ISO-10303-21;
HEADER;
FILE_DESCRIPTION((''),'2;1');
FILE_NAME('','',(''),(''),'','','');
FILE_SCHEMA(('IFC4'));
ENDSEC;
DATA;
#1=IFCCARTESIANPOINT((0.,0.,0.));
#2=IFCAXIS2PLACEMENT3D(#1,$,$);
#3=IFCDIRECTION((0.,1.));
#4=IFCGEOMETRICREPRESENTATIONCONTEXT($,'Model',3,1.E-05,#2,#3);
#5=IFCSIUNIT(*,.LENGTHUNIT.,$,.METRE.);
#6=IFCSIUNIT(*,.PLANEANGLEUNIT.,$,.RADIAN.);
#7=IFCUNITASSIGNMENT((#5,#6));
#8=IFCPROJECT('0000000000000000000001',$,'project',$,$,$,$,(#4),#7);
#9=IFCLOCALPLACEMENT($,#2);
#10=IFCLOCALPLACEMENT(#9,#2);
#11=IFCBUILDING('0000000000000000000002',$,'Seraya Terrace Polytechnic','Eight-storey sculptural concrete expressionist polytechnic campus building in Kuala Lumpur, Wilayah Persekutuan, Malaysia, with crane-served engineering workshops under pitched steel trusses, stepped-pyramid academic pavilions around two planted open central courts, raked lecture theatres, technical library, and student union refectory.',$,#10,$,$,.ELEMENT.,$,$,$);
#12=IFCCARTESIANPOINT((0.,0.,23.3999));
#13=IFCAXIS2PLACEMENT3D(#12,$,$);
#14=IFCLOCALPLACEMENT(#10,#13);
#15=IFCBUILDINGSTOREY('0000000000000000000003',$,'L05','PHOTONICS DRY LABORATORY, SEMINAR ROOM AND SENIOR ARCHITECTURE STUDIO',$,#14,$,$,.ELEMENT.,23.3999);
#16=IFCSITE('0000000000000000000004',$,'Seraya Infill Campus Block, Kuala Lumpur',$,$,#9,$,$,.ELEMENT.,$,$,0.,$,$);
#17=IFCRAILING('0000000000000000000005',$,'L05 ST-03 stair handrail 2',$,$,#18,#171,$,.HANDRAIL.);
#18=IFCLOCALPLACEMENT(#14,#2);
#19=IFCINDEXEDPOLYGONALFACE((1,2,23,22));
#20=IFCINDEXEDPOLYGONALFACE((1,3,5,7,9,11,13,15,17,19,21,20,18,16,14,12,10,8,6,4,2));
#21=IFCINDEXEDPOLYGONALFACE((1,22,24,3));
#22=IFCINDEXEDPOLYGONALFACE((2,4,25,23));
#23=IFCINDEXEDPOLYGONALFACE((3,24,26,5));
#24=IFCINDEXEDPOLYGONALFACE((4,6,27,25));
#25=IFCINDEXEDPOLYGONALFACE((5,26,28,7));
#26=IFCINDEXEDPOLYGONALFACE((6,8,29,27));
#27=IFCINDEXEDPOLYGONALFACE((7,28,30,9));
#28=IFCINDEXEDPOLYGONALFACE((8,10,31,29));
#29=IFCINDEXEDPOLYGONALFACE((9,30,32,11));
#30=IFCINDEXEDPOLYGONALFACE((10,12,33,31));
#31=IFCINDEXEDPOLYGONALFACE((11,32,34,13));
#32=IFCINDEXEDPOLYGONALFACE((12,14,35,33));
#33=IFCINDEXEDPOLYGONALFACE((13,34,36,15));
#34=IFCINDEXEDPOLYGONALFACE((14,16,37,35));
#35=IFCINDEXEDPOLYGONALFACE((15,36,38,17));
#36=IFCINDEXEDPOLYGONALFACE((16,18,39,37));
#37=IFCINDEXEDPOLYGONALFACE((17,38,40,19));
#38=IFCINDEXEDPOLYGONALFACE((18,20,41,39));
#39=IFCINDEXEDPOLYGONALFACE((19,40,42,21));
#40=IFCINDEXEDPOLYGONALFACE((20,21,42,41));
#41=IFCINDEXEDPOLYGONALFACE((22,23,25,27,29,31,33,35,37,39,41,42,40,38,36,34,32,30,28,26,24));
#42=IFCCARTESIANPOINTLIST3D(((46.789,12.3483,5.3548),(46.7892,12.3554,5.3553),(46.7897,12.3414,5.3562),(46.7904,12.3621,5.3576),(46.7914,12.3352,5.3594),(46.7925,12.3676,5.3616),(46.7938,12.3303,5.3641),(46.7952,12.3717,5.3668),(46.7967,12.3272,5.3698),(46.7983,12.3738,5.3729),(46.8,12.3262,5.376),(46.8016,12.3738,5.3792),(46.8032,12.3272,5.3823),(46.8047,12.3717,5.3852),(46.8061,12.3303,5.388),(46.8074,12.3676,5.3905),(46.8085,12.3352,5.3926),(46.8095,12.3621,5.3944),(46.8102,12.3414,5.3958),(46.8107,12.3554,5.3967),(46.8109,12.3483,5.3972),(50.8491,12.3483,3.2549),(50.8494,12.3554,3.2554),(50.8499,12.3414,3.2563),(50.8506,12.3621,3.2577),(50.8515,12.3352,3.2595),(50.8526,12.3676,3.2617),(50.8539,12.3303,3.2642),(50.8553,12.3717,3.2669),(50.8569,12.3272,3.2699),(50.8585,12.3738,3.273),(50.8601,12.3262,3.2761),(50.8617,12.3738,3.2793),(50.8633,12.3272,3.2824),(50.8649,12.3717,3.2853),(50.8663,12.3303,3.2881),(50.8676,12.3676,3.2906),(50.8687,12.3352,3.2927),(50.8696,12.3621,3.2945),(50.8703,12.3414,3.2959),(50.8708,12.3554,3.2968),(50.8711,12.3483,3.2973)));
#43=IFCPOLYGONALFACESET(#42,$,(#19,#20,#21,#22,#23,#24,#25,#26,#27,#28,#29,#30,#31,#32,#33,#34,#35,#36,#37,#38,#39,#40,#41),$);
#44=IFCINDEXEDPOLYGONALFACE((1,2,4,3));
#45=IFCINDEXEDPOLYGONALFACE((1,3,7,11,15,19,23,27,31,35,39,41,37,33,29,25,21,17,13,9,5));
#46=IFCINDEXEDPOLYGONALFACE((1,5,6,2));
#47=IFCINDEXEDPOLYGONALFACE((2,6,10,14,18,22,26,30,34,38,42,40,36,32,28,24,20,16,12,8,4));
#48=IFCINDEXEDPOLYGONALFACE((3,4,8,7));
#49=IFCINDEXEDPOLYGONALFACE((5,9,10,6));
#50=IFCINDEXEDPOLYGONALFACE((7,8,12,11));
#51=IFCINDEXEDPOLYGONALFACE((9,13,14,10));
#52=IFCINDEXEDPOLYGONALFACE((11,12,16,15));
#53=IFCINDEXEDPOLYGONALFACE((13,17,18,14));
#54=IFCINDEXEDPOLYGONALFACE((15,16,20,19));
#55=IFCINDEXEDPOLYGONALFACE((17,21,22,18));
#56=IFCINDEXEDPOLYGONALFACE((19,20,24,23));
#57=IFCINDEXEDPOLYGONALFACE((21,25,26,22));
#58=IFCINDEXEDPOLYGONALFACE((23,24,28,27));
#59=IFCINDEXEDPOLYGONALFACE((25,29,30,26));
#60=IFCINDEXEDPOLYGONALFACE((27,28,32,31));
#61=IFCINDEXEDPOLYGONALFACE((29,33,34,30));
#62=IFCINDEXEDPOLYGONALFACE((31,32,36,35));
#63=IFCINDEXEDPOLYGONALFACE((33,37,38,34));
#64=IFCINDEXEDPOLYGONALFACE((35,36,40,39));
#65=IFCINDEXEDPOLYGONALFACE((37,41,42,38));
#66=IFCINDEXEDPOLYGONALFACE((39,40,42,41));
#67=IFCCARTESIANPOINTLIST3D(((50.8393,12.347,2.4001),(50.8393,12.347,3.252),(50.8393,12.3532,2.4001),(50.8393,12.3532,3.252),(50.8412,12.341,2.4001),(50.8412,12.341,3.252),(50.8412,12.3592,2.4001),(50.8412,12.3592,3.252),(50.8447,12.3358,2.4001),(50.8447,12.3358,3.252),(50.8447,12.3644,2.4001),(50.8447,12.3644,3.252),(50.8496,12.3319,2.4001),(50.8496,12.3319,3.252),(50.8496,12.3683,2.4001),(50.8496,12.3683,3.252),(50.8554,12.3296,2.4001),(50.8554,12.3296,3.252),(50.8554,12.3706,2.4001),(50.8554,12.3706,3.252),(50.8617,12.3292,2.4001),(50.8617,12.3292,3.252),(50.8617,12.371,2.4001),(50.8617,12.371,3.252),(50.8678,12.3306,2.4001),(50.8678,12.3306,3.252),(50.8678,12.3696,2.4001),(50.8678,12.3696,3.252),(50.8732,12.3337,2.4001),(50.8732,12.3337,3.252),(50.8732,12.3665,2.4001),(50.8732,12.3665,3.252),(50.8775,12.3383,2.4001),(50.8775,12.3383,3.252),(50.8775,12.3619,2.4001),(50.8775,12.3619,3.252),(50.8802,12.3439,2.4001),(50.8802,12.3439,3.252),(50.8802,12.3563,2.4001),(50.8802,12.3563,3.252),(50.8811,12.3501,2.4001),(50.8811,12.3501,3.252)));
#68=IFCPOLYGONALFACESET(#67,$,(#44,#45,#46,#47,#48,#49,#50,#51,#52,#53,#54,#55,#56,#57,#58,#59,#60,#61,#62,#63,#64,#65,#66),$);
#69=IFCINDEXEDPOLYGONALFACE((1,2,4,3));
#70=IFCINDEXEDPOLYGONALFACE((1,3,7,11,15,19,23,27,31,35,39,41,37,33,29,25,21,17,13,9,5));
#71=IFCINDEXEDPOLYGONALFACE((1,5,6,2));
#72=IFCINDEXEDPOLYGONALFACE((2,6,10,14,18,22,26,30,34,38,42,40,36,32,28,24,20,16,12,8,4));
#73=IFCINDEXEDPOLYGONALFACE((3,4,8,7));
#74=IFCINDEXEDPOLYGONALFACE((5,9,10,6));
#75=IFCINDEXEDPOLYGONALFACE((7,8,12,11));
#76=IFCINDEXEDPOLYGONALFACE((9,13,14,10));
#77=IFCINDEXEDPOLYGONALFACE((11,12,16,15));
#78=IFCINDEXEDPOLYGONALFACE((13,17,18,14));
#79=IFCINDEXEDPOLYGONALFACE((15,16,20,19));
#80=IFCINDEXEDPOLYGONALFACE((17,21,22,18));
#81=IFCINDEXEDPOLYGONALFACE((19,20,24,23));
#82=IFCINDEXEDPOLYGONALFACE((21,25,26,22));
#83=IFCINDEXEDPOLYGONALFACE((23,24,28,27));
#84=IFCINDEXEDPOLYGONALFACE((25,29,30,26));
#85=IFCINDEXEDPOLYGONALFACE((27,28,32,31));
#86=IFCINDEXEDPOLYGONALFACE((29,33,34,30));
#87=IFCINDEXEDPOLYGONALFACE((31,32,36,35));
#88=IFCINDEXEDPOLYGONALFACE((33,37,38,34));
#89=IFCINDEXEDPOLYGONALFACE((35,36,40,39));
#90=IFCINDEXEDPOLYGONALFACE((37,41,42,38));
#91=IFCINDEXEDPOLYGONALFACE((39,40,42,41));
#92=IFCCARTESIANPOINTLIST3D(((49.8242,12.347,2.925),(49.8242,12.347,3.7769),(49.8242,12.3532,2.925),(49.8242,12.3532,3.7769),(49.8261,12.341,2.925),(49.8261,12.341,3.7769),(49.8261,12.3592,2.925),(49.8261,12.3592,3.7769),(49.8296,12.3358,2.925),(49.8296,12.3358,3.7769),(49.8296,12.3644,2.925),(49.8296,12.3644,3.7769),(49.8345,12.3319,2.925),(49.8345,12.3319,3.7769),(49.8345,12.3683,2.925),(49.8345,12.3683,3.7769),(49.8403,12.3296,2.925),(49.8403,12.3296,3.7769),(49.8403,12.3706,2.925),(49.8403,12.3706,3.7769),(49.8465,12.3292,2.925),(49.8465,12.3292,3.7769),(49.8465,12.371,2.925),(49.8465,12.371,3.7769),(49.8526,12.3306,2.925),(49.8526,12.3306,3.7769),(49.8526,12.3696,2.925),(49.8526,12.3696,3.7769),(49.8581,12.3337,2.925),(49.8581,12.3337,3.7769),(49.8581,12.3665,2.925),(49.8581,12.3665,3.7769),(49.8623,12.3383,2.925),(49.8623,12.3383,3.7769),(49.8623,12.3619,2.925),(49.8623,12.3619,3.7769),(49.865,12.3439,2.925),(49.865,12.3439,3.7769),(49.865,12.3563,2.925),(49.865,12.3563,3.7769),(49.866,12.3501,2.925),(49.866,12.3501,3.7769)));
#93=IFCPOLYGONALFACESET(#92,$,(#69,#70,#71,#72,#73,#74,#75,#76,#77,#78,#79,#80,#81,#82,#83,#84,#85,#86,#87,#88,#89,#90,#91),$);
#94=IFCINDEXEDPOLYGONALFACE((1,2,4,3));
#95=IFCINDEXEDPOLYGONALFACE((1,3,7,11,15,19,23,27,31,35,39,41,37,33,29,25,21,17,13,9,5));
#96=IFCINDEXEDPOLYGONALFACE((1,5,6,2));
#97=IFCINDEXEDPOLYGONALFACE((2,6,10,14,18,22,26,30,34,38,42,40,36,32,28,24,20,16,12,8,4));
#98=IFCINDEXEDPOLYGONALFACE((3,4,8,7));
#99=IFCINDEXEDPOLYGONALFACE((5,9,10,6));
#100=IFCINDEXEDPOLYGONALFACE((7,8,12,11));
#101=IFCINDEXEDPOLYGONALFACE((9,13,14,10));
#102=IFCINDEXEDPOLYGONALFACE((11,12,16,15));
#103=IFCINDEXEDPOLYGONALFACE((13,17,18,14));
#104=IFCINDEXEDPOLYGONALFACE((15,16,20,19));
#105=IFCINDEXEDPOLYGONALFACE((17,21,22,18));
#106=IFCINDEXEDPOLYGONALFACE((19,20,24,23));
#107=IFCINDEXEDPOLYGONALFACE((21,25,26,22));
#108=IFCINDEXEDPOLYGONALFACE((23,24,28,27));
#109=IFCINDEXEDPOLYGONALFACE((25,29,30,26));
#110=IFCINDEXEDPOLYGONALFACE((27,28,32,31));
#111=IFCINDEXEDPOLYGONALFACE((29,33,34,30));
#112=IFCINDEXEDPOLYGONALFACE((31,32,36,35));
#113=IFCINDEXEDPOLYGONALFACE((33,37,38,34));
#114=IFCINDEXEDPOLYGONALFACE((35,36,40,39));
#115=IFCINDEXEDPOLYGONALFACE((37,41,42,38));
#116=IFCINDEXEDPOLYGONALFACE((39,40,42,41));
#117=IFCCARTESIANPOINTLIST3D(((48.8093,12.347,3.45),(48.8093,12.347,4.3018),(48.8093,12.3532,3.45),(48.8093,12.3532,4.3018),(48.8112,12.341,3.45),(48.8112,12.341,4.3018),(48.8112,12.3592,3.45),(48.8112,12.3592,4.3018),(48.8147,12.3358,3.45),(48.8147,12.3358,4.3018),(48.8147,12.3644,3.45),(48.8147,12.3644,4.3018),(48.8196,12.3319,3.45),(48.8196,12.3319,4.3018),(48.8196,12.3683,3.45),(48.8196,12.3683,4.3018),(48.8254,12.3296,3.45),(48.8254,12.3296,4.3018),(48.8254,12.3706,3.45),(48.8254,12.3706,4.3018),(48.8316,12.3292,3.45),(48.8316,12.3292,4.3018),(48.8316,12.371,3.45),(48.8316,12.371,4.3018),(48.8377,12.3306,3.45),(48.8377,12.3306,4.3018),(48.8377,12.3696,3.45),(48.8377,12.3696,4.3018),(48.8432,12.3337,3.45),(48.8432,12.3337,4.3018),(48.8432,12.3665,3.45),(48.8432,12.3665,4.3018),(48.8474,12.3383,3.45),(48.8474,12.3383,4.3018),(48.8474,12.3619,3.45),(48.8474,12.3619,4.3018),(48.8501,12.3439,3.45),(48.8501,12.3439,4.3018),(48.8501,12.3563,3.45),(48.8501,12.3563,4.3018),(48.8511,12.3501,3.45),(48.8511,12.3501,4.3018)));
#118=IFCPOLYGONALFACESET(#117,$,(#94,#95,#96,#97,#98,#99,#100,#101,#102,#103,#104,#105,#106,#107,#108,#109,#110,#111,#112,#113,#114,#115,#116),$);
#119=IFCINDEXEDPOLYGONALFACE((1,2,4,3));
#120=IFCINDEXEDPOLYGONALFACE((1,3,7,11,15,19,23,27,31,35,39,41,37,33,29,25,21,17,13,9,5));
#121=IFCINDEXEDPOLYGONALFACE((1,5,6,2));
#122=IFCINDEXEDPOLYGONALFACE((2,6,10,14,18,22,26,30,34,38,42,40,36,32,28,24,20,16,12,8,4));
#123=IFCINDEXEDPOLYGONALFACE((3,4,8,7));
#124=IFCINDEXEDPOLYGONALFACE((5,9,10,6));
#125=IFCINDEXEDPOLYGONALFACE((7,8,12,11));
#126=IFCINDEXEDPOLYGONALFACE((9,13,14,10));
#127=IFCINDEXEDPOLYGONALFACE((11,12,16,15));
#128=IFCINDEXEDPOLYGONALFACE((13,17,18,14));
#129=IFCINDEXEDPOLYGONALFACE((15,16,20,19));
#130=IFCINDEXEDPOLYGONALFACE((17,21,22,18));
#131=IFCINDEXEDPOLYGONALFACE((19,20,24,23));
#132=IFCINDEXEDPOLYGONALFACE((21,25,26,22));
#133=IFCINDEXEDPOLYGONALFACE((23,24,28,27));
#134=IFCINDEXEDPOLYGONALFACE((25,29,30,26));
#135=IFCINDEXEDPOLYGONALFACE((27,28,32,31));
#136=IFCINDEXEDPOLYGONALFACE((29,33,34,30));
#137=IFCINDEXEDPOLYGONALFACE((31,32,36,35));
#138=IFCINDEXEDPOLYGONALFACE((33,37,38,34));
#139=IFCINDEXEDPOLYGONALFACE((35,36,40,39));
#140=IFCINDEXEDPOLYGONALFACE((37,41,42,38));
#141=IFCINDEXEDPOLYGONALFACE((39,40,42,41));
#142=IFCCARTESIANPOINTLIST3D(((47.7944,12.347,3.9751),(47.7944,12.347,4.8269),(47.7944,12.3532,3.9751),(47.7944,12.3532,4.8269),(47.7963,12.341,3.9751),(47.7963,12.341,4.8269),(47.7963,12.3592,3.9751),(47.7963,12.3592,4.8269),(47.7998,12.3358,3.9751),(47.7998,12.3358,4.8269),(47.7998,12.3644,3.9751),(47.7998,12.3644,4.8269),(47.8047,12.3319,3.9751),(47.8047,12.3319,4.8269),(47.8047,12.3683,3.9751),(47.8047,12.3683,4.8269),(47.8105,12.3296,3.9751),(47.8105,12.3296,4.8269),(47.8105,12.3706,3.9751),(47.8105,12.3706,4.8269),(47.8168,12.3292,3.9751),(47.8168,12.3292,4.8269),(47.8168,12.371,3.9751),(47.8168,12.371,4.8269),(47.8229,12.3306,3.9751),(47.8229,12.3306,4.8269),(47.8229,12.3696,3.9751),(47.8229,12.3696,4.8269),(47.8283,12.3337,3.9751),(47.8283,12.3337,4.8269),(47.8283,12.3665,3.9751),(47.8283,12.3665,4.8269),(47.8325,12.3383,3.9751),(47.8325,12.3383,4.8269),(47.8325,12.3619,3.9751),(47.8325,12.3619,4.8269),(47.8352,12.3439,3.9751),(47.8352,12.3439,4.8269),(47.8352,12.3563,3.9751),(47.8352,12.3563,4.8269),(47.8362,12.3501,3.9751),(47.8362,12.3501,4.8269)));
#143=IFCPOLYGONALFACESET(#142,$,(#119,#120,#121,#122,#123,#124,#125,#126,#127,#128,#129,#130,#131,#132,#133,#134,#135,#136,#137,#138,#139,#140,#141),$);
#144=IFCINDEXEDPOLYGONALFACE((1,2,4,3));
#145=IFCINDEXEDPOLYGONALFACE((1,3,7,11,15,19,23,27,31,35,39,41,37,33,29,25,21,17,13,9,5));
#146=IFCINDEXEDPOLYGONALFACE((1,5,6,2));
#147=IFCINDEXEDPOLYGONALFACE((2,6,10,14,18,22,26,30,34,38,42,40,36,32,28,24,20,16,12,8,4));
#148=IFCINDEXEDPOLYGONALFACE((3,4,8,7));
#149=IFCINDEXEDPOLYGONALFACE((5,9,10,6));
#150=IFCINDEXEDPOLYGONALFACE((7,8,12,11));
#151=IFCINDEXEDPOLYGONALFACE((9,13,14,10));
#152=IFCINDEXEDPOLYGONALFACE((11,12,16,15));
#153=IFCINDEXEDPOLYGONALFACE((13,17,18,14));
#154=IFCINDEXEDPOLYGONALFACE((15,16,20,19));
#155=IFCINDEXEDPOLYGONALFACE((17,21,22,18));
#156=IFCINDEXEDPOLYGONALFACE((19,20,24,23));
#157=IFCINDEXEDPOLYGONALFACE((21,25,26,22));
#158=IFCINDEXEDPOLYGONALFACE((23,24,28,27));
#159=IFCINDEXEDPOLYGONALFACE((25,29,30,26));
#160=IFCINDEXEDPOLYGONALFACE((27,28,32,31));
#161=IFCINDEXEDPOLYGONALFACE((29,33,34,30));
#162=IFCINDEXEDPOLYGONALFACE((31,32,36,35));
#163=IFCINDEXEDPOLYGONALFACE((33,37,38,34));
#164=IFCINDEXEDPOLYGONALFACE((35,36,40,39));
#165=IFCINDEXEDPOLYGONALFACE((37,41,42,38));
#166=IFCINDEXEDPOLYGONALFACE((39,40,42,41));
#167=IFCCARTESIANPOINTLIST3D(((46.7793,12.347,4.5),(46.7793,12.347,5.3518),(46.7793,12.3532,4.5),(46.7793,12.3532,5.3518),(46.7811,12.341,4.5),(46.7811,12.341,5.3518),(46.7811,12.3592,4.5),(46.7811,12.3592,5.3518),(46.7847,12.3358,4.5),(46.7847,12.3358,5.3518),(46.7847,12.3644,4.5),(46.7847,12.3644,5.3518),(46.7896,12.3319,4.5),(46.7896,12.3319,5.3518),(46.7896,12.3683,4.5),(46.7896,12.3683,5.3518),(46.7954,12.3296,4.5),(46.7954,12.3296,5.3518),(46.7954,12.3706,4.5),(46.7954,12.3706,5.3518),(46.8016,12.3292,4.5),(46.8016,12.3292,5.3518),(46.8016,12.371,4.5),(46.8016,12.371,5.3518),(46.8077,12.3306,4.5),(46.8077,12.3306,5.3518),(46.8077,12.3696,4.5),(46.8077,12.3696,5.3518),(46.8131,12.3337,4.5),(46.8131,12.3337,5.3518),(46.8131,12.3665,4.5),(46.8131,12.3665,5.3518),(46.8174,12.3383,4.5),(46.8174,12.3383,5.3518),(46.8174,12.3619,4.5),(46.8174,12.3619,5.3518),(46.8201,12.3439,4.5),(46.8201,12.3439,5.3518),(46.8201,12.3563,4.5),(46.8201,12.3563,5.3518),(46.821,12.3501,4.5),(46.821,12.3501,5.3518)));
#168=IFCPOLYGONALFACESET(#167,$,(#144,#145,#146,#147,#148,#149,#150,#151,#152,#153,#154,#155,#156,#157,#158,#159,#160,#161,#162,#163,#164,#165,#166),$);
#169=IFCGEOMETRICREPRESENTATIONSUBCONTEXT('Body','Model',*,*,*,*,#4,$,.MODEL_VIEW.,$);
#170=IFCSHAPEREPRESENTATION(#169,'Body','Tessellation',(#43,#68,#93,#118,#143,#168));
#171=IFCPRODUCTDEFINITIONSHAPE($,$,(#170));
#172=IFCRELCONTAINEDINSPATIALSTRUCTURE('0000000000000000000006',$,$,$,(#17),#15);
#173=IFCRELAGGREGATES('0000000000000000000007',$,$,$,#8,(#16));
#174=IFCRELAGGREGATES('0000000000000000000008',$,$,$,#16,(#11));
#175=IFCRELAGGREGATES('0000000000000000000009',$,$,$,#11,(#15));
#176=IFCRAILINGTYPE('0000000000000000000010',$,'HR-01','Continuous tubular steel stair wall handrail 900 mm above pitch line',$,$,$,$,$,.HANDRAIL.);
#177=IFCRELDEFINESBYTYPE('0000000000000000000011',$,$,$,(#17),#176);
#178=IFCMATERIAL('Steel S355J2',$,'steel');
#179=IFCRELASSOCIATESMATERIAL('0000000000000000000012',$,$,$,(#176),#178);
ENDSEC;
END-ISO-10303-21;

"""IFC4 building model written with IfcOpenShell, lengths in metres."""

from ifc_helpers import new_model, si_unit, direction, frame, origin, origin_2d, place, context, subcontext, project, spatial, circle, extrude, material, type_object, element, save


model = new_model("IFC4")

# Units and contexts
model_context = context("Model", 3, precision=1e-05, world=origin(), true_north=direction((0.0, 1.0)))
body_context = subcontext(model_context, "Body", "Model", "MODEL_VIEW")
ifc_project = project(units=[si_unit("LENGTHUNIT", "METRE"), si_unit("PLANEANGLEUNIT", "RADIAN")], contexts=[model_context])

# Site, building, storey
site_placement = place(None, origin())
site = spatial("IfcSite", under=ifc_project, at=site_placement, Name="Seraya Infill Campus Block, Kuala Lumpur", CompositionType="ELEMENT", RefElevation=0.0)
building_placement = place(site_placement, origin())
building = spatial("IfcBuilding", under=site, at=building_placement, Name="Seraya Terrace Polytechnic", Description="Eight-storey sculptural concrete expressionist polytechnic campus building in Kuala Lumpur, Wilayah Persekutuan, Malaysia, with crane-served engineering workshops under pitched steel trusses, stepped-pyramid academic pavilions around two planted open central courts, raked lecture theatres, technical library, and student union refectory.", CompositionType="ELEMENT")
storey_placement = place(building_placement, frame((0.0, 0.0, 23.3999)))
storey = spatial("IfcBuildingStorey", under=building, at=storey_placement, Name="L05", Description="PHOTONICS DRY LABORATORY, SEMINAR ROOM AND SENIOR ARCHITECTURE STUDIO", CompositionType="ELEMENT", Elevation=23.3999)

# Shared definitions
ifc_material_1 = material(Name="Steel S355J2", Category="steel")

# Railing
railing_type_1 = type_object("IfcRailingType", Name="HR-01", Description="Continuous tubular steel stair wall handrail 900 mm above pitch line", PredefinedType="HANDRAIL", material=ifc_material_1)
railing_1_placement = place(storey_placement, frame((50.8601, 12.3501, 2.4001)))
element("IfcRailing", 1, at=railing_1_placement, inside=storey, type_object=railing_type_1, Name="L05 ST-03 stair handrail 2", PredefinedType="HANDRAIL", context=body_context, shape_type="SweptSolid", body=[
    extrude(circle(Radius=0.0239, at=origin_2d()), frame((0.0, 0.0, 0.876), z_axis=(-0.888233, 0.0, 0.459392), x_axis=(0.0, -1.0, 0.0)), (0.0, 0.0, 1.0), 4.571),
    extrude(circle(Radius=0.021, at=origin_2d()), origin(), (0.0, 0.0, 1.0), 0.8518),
    extrude(circle(Radius=0.021, at=origin_2d()), frame((-1.0151, 0.0, 0.5249)), (0.0, 0.0, 1.0), 0.8518),
    extrude(circle(Radius=0.021, at=origin_2d()), frame((-2.03, 0.0, 1.0498)), (0.0, 0.0, 1.0), 0.8518),
    extrude(circle(Radius=0.021, at=origin_2d()), frame((-3.0449, 0.0, 1.575)), (0.0, 0.0, 1.0), 0.8518),
    extrude(circle(Radius=0.021, at=origin_2d()), frame((-4.0601, 0.0, 2.0999)), (0.0, 0.0, 1.0), 0.8518),
])

save(model, "model.ifc")
